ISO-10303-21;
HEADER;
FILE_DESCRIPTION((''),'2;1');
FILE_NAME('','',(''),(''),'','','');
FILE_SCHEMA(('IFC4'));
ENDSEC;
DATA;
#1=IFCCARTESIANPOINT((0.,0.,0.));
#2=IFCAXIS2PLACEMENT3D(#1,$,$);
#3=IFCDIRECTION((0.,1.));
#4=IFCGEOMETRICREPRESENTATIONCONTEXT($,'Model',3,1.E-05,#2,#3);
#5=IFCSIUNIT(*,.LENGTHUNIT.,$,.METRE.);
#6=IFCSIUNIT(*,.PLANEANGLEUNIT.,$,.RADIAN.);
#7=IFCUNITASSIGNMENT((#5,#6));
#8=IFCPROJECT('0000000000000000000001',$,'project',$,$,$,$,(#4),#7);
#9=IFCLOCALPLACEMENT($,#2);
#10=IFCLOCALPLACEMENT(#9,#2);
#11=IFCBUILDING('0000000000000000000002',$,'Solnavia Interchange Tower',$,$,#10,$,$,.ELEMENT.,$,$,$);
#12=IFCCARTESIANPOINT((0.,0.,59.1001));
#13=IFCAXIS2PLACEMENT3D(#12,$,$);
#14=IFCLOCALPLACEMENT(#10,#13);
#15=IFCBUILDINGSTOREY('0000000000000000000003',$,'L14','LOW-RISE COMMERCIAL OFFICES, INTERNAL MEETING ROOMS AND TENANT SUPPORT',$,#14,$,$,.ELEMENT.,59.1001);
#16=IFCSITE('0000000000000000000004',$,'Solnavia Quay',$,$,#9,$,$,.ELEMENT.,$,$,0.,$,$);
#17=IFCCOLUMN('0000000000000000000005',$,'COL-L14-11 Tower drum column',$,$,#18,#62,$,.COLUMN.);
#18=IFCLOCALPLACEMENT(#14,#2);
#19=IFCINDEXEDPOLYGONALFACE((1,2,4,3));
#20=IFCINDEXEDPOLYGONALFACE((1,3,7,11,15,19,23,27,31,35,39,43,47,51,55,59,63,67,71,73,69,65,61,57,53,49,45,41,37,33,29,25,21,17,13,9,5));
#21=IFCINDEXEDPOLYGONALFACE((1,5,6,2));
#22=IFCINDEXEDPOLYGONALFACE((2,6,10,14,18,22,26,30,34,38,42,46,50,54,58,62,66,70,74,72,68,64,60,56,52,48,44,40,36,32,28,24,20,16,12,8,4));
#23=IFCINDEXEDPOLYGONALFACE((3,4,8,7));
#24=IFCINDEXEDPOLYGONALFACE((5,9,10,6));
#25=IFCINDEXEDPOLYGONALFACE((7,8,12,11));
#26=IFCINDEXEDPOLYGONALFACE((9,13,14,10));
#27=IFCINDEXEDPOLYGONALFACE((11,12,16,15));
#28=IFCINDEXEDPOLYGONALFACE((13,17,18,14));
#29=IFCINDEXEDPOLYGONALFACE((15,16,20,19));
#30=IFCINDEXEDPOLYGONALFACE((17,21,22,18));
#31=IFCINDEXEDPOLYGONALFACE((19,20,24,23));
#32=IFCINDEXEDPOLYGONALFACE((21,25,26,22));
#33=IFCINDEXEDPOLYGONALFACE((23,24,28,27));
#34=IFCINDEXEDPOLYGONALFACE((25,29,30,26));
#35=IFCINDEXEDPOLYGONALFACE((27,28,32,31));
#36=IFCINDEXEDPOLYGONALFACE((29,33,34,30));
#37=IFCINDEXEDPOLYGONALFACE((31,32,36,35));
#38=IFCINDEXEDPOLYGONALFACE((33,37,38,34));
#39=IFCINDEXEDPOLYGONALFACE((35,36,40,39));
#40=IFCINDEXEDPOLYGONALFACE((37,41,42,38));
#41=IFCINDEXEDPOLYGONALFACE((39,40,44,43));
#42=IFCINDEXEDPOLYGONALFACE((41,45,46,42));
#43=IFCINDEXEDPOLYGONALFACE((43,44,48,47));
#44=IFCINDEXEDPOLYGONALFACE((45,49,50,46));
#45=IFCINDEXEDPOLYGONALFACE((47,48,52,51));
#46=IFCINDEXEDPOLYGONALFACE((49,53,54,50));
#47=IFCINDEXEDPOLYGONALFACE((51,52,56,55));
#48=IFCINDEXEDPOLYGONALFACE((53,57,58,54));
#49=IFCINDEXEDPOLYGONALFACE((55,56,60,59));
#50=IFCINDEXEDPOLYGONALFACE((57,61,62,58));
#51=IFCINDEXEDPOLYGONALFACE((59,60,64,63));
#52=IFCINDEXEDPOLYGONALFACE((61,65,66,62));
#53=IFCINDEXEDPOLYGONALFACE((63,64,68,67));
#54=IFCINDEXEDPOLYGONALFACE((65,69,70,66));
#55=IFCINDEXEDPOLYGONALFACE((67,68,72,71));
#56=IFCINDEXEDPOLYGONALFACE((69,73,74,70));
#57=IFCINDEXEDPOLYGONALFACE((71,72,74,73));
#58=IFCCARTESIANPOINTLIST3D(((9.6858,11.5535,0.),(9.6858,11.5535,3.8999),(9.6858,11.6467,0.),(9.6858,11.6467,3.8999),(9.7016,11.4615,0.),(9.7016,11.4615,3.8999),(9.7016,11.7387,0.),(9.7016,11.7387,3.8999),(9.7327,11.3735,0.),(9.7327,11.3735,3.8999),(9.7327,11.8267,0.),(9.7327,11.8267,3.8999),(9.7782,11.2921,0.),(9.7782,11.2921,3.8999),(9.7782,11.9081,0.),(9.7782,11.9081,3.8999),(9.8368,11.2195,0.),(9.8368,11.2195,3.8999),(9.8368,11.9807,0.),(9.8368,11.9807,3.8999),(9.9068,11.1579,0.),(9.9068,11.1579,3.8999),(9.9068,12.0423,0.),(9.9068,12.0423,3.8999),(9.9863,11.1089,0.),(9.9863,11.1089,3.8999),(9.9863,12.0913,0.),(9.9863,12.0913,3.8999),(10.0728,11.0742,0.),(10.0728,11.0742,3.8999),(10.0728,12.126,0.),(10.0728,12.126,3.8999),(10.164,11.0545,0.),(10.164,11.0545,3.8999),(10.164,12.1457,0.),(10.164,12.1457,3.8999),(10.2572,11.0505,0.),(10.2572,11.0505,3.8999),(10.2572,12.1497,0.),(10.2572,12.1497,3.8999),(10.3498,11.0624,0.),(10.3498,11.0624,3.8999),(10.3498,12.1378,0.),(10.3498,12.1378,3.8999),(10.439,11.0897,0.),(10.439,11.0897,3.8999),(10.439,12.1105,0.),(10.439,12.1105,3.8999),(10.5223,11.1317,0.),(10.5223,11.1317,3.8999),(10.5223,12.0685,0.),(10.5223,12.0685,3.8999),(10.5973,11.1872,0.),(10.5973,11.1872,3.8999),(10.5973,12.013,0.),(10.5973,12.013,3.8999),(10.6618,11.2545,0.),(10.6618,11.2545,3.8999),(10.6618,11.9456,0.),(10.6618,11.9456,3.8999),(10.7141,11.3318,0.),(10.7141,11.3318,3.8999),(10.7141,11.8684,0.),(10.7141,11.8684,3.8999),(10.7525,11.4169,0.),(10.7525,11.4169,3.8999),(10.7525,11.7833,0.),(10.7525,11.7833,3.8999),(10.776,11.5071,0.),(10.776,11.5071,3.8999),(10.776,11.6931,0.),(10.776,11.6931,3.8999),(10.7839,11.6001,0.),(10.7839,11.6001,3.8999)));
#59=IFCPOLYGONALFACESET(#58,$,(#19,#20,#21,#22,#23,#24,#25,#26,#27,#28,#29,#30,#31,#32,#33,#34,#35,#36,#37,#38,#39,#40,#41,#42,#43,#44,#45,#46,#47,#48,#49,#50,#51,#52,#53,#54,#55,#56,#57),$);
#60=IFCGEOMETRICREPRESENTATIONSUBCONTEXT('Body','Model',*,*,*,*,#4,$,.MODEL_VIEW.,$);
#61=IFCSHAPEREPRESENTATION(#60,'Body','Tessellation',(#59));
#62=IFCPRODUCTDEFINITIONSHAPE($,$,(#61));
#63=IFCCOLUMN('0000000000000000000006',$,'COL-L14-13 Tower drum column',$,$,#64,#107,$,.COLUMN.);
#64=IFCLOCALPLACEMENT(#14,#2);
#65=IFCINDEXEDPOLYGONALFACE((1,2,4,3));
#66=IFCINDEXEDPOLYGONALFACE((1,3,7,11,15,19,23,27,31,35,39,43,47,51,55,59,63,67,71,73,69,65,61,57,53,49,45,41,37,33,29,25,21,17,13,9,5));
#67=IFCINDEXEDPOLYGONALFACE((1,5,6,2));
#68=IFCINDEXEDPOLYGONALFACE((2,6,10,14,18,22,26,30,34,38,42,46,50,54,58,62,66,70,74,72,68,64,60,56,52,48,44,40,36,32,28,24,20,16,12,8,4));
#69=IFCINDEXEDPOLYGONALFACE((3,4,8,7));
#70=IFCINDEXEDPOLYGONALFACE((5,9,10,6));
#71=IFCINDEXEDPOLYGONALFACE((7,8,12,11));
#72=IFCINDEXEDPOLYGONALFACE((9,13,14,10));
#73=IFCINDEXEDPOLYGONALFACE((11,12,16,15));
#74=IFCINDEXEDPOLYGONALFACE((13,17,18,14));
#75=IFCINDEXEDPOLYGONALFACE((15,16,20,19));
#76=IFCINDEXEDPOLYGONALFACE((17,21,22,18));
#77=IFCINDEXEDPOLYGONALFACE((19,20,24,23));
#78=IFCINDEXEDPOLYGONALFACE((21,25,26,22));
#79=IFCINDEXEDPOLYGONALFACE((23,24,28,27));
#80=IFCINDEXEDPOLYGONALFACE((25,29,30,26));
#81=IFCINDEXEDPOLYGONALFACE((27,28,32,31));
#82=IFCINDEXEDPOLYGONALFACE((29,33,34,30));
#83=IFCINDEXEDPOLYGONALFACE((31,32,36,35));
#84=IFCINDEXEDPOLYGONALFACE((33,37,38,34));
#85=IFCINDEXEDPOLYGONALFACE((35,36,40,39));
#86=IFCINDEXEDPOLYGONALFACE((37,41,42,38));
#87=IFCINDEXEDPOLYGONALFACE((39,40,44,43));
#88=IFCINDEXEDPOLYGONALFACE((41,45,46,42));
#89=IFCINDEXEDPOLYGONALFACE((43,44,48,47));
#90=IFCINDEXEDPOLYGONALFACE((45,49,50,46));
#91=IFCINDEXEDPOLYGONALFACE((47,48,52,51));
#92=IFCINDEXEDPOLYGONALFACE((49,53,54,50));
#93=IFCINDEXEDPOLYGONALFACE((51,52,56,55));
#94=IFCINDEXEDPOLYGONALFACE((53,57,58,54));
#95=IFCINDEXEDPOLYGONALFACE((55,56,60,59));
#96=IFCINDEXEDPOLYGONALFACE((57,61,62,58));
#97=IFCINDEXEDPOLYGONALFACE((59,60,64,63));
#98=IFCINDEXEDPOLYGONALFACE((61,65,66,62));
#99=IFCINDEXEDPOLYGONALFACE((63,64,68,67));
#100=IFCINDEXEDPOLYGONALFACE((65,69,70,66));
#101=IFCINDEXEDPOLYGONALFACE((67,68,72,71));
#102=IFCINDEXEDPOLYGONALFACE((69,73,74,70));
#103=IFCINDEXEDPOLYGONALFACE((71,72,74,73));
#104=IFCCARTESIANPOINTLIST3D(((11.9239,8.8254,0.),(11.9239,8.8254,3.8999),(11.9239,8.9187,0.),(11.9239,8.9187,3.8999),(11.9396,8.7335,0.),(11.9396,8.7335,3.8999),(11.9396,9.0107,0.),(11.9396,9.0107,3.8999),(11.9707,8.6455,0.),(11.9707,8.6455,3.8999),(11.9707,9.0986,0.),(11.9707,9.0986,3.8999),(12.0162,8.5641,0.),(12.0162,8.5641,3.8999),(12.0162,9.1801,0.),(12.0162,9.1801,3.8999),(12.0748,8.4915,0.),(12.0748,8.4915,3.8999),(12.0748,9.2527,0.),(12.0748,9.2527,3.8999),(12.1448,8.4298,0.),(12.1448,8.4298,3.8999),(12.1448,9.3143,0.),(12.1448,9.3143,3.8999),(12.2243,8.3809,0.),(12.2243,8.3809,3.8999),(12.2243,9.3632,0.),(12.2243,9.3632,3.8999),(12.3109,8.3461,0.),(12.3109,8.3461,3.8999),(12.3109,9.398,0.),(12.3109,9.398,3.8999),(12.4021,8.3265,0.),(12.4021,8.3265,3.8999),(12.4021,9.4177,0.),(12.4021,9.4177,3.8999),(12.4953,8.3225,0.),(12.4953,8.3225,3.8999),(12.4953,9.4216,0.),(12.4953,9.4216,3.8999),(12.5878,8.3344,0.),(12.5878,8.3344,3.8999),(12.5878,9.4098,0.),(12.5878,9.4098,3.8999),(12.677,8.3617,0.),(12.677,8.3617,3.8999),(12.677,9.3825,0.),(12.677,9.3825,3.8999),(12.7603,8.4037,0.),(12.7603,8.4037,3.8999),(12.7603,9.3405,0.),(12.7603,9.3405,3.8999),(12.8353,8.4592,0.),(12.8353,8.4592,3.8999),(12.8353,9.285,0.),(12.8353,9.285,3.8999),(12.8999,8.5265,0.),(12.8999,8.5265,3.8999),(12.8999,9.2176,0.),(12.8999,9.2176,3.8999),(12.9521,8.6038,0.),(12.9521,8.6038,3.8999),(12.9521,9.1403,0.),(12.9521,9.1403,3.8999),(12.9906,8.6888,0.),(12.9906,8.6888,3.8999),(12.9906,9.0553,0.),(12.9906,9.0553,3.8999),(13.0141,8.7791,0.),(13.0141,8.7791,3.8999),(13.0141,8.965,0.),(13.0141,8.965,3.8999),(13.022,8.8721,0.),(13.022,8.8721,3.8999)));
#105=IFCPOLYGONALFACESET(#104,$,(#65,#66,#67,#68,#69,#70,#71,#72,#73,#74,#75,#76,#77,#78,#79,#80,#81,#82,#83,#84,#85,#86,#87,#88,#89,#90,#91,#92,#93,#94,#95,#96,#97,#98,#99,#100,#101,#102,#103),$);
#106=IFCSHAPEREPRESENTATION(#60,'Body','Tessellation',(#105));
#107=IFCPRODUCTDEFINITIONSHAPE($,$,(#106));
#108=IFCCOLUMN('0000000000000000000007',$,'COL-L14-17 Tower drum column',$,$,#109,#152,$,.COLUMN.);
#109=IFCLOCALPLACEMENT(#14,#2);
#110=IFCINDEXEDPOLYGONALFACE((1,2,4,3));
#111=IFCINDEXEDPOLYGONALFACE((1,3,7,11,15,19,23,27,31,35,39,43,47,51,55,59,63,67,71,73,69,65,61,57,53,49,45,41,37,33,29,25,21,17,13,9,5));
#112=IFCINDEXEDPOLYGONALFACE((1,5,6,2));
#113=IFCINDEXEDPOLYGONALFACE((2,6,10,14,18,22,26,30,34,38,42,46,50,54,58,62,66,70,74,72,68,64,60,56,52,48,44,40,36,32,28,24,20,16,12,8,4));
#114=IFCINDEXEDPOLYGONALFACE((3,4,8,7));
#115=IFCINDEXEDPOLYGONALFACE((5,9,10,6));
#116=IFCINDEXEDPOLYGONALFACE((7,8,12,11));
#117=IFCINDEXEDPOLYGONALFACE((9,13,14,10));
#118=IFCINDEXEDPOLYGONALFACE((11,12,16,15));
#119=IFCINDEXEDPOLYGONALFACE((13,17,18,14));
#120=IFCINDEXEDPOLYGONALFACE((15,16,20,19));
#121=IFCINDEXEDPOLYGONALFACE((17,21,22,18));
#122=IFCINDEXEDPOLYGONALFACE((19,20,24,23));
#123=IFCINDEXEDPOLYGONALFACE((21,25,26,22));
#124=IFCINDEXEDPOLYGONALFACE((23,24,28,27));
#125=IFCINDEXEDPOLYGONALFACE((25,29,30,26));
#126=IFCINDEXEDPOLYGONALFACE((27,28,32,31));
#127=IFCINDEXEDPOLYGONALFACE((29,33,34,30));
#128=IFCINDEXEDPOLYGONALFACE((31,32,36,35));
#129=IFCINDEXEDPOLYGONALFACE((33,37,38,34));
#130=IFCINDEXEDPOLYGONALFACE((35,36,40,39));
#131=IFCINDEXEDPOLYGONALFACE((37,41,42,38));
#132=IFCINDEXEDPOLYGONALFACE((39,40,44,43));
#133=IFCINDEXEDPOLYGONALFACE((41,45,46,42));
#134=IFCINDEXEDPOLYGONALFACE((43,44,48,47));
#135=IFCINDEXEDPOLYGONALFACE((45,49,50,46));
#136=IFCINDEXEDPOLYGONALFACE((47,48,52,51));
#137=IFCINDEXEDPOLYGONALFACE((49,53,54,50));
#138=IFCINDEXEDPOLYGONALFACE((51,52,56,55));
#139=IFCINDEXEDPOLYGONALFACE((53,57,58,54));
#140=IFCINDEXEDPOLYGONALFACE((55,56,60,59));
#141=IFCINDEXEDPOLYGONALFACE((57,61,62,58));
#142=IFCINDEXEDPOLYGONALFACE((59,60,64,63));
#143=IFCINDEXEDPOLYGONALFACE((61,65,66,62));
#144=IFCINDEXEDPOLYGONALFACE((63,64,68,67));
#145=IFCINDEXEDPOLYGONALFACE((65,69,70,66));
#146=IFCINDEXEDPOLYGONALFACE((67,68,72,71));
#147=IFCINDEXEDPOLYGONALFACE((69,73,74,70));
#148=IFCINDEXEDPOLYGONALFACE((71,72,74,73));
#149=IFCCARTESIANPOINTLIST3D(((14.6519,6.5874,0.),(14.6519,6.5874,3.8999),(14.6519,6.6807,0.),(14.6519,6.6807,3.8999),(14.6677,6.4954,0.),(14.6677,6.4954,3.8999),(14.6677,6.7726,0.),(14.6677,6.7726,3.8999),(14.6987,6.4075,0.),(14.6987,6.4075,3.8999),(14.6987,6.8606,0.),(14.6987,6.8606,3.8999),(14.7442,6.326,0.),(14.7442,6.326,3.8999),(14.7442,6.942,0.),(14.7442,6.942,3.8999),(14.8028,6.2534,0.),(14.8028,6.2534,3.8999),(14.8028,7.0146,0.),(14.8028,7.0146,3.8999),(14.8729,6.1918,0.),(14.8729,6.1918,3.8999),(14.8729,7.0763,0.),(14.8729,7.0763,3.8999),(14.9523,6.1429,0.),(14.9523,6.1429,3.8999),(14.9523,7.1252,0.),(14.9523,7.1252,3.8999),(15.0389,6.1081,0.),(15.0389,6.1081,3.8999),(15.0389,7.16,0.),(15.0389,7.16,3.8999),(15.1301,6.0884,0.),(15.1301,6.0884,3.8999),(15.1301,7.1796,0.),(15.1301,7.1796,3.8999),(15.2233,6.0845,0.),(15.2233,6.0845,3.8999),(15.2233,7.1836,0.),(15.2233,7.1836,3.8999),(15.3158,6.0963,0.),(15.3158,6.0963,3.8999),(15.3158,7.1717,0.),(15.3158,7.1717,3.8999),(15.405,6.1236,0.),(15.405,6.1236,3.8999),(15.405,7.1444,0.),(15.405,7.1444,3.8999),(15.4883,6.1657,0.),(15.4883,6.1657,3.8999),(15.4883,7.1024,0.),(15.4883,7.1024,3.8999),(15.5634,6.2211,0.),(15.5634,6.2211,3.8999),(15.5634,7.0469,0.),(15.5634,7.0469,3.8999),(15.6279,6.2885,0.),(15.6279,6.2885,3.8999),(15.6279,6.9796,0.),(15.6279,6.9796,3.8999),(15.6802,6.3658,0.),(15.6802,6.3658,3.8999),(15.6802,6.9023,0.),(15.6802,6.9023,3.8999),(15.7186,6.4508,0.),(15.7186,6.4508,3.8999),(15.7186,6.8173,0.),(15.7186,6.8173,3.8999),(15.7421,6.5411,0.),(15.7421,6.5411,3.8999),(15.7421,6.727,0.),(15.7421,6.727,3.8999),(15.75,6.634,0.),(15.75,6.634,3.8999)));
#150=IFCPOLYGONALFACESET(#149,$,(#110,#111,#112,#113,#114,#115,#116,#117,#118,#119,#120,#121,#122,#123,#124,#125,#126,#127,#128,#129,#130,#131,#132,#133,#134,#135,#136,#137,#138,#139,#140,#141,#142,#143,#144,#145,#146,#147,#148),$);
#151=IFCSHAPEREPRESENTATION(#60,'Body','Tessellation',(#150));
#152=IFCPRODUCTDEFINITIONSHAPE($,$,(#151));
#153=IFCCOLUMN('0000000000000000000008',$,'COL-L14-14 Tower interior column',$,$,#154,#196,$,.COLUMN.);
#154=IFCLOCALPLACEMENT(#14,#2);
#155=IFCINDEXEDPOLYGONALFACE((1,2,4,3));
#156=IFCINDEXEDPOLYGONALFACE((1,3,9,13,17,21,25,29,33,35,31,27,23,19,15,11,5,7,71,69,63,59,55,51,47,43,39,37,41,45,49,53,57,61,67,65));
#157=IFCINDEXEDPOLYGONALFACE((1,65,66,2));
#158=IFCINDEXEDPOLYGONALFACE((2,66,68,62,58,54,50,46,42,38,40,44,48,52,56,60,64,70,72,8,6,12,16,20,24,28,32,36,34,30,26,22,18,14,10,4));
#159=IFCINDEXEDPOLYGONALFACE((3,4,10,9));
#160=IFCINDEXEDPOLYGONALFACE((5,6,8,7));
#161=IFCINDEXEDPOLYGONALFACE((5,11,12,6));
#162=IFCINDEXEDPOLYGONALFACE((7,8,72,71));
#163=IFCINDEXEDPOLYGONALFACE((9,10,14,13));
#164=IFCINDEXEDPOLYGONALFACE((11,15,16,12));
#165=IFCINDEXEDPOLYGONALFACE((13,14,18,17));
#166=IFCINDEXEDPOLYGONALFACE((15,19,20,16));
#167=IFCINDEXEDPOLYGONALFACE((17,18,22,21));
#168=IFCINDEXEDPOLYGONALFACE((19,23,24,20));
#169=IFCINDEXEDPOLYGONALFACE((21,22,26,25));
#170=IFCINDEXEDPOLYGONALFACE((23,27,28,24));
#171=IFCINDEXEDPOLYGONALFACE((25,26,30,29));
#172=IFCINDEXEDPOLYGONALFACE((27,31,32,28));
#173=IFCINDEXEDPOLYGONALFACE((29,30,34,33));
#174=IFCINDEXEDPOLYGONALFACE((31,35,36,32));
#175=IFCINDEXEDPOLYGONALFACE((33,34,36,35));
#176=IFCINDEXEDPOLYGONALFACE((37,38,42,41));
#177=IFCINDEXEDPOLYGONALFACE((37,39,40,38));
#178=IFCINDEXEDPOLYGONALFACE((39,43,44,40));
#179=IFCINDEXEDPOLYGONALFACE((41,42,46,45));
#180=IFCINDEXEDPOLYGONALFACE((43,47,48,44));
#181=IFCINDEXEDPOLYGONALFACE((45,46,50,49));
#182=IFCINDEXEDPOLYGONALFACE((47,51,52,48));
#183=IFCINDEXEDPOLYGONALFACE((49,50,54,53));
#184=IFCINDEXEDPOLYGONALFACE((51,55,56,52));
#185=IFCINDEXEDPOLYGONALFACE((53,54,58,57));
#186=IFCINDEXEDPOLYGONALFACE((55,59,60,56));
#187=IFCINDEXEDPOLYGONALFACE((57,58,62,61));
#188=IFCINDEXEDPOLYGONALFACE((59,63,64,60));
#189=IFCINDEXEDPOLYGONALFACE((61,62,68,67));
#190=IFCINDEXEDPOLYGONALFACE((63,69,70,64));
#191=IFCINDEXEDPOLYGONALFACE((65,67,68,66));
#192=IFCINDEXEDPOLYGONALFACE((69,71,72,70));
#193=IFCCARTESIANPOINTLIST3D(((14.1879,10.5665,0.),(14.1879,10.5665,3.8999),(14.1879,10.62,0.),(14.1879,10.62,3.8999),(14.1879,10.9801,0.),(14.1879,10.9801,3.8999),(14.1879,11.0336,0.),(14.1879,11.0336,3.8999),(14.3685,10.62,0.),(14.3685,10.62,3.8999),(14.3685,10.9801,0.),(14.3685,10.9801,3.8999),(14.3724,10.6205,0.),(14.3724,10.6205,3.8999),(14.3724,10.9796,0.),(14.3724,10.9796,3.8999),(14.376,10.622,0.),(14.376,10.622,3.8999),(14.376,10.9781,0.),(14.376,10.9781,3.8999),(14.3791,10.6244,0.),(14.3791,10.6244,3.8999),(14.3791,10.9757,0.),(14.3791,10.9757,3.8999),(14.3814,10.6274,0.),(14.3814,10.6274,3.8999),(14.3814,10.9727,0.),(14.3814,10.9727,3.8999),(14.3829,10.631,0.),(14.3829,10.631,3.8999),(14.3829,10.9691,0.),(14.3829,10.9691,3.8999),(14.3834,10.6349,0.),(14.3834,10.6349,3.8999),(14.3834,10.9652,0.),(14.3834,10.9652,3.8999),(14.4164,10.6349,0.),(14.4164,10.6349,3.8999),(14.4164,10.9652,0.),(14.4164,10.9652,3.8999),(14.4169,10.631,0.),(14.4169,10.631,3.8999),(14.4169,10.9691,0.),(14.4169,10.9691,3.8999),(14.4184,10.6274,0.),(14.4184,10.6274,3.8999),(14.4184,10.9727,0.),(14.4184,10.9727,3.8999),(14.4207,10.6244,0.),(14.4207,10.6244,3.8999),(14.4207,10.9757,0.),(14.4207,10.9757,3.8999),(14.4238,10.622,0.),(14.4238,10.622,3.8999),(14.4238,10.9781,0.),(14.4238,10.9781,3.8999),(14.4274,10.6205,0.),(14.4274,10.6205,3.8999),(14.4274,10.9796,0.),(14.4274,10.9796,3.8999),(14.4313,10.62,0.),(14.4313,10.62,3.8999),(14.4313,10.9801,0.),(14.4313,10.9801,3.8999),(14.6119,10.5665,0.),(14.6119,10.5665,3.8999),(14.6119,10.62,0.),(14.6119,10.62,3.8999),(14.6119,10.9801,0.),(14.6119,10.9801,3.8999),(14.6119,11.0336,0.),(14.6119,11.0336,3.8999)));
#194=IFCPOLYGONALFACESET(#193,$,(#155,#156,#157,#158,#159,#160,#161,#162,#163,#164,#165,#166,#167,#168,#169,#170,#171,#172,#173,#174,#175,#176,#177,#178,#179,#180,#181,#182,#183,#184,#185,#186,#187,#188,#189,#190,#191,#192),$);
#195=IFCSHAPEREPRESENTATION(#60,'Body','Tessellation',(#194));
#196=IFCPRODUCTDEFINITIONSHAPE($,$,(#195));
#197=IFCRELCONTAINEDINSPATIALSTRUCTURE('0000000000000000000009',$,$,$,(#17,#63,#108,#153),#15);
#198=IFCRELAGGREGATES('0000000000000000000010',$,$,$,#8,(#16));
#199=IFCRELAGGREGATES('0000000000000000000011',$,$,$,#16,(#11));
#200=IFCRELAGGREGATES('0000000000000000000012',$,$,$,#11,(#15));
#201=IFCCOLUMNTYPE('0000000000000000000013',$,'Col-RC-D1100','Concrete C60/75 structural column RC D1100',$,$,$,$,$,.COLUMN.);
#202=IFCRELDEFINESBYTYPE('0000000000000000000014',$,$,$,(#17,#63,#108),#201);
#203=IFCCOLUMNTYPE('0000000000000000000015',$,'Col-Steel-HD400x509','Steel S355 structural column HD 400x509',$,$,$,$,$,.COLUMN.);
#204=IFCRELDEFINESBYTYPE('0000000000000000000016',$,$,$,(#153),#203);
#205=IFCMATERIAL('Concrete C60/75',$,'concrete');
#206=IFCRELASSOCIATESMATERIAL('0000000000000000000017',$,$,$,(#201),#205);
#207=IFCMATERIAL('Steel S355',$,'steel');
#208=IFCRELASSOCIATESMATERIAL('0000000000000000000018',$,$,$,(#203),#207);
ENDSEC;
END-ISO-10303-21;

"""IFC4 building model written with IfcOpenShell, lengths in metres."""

from ifc_helpers import new_model, si_unit, direction, frame, origin, origin_2d, place, context, subcontext, project, spatial, circle, i_section, extrude, material, material_profile, profile_set, type_object, element, save


model = new_model("IFC4")

# Units and contexts
model_context = context("Model", 3, precision=1e-05, world=origin(), true_north=direction((0.0, 1.0)))
body_context = subcontext(model_context, "Body", "Model", "MODEL_VIEW")
ifc_project = project(units=[si_unit("LENGTHUNIT", "METRE"), si_unit("PLANEANGLEUNIT", "RADIAN")], contexts=[model_context])

# Site, building, storey
site_placement = place(None, origin())
site = spatial("IfcSite", under=ifc_project, at=site_placement, Name="Solnavia Quay", CompositionType="ELEMENT", RefElevation=0.0)
building_placement = place(site_placement, origin())
building = spatial("IfcBuilding", under=site, at=building_placement, Name="Solnavia Interchange Tower", CompositionType="ELEMENT")
storey_placement = place(building_placement, frame((0.0, 0.0, 59.1001)))
storey = spatial("IfcBuildingStorey", under=building, at=storey_placement, Name="L14", Description="LOW-RISE COMMERCIAL OFFICES, INTERNAL MEETING ROOMS AND TENANT SUPPORT", CompositionType="ELEMENT", Elevation=59.1001)

# Columns
ifc_material_1 = material(Name="Concrete C60/75", Category="concrete")
ifc_material_profile_1 = material_profile(ifc_material_1, circle(Radius=0.55, at=origin_2d()), Name="RC D1100")
ifc_profile_set_1 = profile_set([ifc_material_profile_1], Name="Concrete C60/75")
column_type_1 = type_object("IfcColumnType", Name="Col-RC-D1100", Description="Concrete C60/75 structural column RC D1100", PredefinedType="COLUMN", material=ifc_profile_set_1)
for number, where, z_axis, x_axis, name in (
    (1, (10.2339, 11.6001, 0.0), (0.0, 0.0, 1.0), (1.0, 0.0, 0.0), "COL-L14-11 Tower drum column"),
    (2, (12.4719, 8.8721, 0.0), (0.0, 0.0, 1.0), (1.0, 0.0, 0.0), "COL-L14-13 Tower drum column"),
    (3, (15.2, 6.634, 0.0), (0.0, 0.0, 1.0), (1.0, 0.0, 0.0), "COL-L14-17 Tower drum column"),
):
    element("IfcColumn", number, at=place(storey_placement, frame(where, z_axis=z_axis, x_axis=x_axis)), inside=storey, type_object=column_type_1, Name=name, PredefinedType="COLUMN", context=body_context, shape_type="SweptSolid", body=[
        extrude(circle(Radius=0.55, at=origin_2d()), origin(), (0.0, 0.0, 1.0), 3.8999),
    ])
ifc_material_2 = material(Name="Steel S355", Category="steel")
ifc_material_profile_2 = material_profile(ifc_material_2, i_section(OverallWidth=0.4241, OverallDepth=0.467, WebThickness=0.033, FlangeThickness=0.0535, FilletRadius=0.0149, at=origin_2d()), Name="HD 400x509")
ifc_profile_set_2 = profile_set([ifc_material_profile_2], Name="Steel S355")
column_type_2 = type_object("IfcColumnType", Name="Col-Steel-HD400x509", Description="Steel S355 structural column HD 400x509", PredefinedType="COLUMN", material=ifc_profile_set_2)
column_placement = place(storey_placement, frame((14.3999, 10.8, 0.0), z_axis=(0.0, 0.0, 1.0), x_axis=(1.0, 0.0, 0.0)))
element("IfcColumn", 4, at=column_placement, inside=storey, type_object=column_type_2, Name="COL-L14-14 Tower interior column", PredefinedType="COLUMN", context=body_context, shape_type="SweptSolid", body=[
    extrude(i_section(OverallWidth=0.4241, OverallDepth=0.467, WebThickness=0.033, FlangeThickness=0.0535, FilletRadius=0.0149, at=origin_2d()), origin(), (0.0, 0.0, 1.0), 3.8999),
])

save(model, "model.ifc")
